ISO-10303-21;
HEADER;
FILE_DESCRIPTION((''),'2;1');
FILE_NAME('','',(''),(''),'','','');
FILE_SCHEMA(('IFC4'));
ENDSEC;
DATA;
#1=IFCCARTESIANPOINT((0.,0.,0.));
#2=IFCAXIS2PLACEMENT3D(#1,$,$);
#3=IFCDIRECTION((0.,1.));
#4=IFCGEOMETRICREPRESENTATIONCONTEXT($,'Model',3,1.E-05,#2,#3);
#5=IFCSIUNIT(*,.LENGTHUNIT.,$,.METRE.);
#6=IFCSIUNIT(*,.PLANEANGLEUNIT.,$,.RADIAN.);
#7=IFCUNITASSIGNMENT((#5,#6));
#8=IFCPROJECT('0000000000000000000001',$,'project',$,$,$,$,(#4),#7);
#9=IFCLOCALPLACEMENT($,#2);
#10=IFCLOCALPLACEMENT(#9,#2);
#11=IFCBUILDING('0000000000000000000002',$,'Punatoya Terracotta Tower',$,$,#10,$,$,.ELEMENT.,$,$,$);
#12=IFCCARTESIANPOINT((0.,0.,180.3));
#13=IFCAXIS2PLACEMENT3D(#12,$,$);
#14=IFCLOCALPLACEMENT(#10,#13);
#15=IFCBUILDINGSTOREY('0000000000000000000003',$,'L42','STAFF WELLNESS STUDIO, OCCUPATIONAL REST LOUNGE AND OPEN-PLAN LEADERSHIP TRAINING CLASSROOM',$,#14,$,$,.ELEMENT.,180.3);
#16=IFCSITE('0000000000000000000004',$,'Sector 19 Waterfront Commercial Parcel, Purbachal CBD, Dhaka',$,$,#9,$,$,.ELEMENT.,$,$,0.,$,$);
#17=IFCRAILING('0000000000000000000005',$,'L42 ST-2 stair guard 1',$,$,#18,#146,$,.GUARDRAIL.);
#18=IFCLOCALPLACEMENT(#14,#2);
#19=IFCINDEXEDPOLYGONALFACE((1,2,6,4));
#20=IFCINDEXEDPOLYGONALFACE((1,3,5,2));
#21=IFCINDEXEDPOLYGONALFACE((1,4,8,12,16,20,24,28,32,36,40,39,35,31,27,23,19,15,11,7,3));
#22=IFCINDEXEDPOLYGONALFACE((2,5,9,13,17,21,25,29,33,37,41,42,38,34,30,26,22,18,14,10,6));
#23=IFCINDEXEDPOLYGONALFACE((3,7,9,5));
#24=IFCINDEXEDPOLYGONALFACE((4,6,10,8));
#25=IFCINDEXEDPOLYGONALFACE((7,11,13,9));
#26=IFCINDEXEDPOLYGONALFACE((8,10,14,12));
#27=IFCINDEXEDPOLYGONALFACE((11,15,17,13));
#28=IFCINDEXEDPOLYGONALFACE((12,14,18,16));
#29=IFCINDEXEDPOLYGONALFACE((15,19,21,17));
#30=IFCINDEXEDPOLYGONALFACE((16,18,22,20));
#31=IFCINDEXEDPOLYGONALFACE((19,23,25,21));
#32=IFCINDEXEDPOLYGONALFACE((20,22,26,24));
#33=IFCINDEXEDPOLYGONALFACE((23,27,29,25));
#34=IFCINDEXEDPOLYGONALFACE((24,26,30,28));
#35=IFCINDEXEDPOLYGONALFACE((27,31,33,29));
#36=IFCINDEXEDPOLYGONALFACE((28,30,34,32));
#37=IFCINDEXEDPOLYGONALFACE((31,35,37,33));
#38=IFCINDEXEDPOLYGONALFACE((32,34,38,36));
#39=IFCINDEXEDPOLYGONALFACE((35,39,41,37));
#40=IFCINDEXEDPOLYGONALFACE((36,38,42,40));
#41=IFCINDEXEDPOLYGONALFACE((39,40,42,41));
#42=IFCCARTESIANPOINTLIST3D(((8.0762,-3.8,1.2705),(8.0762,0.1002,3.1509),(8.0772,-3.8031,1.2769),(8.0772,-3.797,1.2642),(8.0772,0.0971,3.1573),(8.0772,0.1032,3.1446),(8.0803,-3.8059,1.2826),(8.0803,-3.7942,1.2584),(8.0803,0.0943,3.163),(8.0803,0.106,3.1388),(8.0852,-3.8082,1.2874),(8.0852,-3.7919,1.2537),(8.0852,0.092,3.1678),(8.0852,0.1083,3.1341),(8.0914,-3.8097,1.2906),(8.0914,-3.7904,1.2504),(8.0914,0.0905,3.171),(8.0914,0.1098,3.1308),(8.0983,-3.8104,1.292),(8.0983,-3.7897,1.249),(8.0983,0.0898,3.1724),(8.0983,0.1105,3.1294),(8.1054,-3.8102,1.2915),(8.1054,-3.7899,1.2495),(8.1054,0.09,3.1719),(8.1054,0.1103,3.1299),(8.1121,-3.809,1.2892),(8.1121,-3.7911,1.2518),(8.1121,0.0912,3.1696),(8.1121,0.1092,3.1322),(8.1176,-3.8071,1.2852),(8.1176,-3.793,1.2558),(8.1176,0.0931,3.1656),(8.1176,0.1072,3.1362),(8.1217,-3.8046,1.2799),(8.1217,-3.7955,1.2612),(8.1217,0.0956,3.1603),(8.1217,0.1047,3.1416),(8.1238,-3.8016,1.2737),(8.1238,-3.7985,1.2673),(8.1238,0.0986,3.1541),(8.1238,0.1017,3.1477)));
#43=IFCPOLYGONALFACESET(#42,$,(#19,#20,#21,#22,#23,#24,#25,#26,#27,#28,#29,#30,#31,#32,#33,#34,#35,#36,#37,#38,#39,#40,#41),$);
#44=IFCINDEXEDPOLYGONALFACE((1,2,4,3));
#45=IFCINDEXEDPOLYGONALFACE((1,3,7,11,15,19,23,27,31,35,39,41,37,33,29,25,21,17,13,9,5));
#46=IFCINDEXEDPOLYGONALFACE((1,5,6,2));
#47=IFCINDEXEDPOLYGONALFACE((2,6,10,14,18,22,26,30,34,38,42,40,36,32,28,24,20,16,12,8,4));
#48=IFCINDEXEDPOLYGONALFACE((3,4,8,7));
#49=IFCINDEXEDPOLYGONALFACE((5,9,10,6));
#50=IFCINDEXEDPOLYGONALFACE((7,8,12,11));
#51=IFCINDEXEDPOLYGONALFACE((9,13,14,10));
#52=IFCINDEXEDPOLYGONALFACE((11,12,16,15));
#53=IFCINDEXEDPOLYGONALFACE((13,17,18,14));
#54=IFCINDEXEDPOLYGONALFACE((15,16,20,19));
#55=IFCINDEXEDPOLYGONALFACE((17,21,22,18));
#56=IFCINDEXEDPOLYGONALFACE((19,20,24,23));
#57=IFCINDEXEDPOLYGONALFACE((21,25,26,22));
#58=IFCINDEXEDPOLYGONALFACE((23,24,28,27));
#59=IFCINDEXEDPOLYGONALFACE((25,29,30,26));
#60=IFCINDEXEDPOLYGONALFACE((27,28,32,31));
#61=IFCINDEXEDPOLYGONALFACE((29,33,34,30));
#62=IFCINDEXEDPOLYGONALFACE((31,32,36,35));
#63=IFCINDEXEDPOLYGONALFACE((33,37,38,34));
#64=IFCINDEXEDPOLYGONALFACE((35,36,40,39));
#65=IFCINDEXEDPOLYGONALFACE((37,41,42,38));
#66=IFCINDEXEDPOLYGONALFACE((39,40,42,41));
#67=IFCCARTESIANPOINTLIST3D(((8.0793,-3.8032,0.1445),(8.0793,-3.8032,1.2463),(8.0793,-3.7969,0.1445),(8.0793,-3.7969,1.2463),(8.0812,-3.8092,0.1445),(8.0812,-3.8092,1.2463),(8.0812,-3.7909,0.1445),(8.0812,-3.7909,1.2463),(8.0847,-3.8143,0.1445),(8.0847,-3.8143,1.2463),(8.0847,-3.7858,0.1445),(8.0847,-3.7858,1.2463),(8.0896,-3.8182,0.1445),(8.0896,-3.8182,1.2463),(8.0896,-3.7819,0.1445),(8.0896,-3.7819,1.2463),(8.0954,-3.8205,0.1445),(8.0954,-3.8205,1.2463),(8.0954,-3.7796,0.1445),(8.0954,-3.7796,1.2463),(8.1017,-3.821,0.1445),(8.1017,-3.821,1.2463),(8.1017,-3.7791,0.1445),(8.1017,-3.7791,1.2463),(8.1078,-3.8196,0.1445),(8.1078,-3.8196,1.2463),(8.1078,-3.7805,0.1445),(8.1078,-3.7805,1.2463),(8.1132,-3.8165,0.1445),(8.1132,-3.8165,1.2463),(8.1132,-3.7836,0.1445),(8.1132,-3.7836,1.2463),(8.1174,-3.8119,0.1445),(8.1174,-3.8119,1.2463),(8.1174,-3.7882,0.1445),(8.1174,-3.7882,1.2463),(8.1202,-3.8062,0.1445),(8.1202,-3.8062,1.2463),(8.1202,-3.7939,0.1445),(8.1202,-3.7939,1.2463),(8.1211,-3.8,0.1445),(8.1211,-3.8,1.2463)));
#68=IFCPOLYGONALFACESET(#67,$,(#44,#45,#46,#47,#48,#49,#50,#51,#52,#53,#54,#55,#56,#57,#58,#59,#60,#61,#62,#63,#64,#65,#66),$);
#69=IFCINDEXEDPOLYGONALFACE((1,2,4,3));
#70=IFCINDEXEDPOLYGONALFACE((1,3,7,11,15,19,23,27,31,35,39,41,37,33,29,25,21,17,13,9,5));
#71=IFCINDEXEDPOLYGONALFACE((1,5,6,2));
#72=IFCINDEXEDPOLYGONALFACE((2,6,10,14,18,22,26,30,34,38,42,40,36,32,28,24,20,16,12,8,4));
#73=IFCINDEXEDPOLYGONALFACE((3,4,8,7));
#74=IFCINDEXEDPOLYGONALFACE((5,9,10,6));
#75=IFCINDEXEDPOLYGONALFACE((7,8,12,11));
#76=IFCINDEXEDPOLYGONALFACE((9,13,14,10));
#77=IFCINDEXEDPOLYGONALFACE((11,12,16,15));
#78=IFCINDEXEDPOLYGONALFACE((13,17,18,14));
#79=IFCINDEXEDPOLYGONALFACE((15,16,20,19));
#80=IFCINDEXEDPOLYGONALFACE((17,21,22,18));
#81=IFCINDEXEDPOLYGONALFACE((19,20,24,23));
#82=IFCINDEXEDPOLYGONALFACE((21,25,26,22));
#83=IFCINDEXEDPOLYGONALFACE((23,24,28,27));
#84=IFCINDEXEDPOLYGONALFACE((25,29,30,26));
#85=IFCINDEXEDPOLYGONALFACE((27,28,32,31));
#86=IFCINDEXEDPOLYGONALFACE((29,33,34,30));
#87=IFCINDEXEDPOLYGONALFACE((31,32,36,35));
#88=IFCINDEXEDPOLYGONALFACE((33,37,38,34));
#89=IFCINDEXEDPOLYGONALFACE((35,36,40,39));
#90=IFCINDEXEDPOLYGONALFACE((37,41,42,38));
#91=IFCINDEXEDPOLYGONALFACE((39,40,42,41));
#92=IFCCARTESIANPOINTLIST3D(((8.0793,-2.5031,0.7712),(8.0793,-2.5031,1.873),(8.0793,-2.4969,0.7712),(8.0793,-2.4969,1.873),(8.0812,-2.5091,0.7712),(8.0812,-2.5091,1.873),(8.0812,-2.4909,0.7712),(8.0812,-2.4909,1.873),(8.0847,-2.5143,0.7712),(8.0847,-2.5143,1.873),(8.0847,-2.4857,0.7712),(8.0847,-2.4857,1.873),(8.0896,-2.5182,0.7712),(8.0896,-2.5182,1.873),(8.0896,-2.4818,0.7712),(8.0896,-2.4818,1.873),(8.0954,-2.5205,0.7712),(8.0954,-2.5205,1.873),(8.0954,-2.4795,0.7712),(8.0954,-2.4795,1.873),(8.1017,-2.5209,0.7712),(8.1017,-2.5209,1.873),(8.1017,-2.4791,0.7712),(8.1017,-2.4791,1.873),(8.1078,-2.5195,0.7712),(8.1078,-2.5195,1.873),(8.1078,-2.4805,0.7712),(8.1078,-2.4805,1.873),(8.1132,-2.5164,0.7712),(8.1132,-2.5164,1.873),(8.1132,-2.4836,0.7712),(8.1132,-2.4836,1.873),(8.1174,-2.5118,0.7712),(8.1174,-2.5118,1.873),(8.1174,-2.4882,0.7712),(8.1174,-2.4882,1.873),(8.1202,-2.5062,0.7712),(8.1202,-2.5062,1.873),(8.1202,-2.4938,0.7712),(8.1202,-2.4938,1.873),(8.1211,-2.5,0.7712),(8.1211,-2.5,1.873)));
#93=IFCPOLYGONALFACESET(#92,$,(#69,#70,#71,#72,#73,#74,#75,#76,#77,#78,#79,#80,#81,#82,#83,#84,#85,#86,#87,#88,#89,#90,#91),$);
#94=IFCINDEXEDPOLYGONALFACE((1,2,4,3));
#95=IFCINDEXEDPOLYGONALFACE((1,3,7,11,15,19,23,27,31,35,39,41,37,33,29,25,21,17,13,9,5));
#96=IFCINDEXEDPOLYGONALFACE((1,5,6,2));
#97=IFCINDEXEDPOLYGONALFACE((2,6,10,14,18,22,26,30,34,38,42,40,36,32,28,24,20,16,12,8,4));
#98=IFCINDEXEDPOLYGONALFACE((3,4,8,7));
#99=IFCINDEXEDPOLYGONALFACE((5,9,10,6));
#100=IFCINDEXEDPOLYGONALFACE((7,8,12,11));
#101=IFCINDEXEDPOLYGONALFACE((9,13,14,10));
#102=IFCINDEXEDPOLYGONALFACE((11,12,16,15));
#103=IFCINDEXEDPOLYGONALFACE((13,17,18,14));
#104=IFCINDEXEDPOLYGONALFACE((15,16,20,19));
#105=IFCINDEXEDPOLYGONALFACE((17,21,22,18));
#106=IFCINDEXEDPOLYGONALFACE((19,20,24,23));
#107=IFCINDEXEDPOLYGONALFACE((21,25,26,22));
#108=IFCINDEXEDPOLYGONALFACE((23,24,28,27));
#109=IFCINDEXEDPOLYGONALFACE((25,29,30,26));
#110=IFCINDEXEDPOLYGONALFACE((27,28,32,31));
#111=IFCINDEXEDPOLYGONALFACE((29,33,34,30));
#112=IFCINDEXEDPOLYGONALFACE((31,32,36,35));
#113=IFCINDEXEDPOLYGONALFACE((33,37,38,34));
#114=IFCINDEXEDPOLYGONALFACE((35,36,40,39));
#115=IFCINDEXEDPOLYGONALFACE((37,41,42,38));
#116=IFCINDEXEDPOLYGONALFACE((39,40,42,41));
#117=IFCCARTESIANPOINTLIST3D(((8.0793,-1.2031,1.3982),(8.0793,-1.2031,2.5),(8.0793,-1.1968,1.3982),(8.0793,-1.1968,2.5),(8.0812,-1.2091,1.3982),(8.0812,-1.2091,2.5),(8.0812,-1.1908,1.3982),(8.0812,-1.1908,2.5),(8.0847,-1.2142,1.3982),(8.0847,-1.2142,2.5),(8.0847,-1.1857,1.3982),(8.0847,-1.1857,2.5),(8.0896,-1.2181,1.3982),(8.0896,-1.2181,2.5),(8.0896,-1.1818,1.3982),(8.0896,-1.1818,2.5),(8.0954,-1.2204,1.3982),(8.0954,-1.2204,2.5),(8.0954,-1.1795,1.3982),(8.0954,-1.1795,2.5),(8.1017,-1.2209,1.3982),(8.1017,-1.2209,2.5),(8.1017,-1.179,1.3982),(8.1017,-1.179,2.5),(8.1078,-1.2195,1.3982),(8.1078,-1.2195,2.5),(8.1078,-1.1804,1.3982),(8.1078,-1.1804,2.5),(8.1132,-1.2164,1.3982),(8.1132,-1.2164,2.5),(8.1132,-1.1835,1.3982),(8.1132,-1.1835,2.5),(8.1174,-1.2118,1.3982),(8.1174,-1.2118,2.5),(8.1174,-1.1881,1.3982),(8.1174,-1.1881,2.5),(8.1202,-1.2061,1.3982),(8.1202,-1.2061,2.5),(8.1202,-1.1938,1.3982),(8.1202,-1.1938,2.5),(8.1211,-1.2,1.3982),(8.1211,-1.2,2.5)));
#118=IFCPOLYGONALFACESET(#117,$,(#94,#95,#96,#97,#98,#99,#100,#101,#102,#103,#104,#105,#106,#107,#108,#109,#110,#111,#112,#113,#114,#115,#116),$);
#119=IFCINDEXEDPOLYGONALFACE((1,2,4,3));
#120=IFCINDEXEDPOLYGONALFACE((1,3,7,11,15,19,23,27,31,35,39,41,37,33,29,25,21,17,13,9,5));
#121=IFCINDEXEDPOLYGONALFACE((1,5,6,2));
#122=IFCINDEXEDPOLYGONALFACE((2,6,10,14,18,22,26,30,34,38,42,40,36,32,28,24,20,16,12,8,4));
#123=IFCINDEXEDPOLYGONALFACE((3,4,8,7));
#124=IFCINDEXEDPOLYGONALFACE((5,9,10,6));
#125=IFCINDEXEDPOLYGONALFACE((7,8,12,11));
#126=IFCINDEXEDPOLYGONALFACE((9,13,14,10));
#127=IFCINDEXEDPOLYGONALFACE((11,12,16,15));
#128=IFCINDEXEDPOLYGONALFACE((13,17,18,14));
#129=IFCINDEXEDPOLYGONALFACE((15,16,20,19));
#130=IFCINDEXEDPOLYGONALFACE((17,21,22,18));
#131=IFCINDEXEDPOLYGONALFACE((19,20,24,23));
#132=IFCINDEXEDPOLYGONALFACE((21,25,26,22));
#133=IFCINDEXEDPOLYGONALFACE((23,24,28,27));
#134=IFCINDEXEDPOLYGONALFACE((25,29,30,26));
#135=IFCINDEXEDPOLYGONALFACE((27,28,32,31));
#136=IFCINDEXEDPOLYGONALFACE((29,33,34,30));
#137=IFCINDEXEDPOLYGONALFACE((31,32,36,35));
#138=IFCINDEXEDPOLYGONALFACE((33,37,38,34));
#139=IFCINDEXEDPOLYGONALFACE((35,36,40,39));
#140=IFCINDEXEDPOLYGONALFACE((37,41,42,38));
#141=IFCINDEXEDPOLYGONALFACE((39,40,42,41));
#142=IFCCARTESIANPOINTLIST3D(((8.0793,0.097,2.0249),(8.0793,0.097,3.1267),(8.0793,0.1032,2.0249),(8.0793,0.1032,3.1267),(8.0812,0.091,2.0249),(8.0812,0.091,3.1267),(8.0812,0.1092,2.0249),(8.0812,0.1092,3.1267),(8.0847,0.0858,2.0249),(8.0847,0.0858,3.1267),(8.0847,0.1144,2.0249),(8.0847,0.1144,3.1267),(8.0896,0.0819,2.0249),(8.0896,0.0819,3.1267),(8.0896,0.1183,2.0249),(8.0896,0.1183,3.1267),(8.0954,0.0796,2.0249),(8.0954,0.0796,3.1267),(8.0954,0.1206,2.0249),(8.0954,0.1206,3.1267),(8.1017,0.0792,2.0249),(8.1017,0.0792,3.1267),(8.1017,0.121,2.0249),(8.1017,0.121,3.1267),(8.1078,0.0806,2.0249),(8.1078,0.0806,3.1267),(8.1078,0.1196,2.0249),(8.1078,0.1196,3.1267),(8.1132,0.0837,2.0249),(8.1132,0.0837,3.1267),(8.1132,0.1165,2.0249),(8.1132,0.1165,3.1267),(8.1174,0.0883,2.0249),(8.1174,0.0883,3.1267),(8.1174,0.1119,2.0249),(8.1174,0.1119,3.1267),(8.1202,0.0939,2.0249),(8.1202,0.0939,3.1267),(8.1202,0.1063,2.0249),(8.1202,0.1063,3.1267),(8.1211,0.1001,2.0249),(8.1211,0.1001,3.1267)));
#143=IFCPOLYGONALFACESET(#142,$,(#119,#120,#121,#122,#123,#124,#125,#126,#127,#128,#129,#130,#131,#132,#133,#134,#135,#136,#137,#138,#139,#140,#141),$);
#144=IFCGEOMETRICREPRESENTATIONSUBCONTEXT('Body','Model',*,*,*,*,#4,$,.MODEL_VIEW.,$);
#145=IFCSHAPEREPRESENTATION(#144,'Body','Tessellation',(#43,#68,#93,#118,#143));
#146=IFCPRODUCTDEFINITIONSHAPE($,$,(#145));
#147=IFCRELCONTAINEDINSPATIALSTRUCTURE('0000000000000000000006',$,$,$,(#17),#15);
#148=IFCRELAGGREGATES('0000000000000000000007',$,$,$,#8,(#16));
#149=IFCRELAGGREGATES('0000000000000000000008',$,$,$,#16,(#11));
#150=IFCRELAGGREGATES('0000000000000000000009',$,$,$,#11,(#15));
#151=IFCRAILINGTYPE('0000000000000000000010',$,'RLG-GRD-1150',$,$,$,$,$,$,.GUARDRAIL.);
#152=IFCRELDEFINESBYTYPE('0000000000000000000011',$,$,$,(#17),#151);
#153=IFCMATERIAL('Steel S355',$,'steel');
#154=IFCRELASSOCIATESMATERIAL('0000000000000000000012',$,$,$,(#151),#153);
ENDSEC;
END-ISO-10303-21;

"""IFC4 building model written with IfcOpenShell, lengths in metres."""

from ifc_helpers import new_model, si_unit, direction, frame, origin, origin_2d, place, context, subcontext, project, spatial, circle, extrude, material, type_object, element, save


model = new_model("IFC4")

# Units and contexts
model_context = context("Model", 3, precision=1e-05, world=origin(), true_north=direction((0.0, 1.0)))
body_context = subcontext(model_context, "Body", "Model", "MODEL_VIEW")
ifc_project = project(units=[si_unit("LENGTHUNIT", "METRE"), si_unit("PLANEANGLEUNIT", "RADIAN")], contexts=[model_context])

# Site, building, storey
site_placement = place(None, origin())
site = spatial("IfcSite", under=ifc_project, at=site_placement, Name="Sector 19 Waterfront Commercial Parcel, Purbachal CBD, Dhaka", CompositionType="ELEMENT", RefElevation=0.0)
building_placement = place(site_placement, origin())
building = spatial("IfcBuilding", under=site, at=building_placement, Name="Punatoya Terracotta Tower", CompositionType="ELEMENT")
storey_placement = place(building_placement, frame((0.0, 0.0, 180.3)))
storey = spatial("IfcBuildingStorey", under=building, at=storey_placement, Name="L42", Description="STAFF WELLNESS STUDIO, OCCUPATIONAL REST LOUNGE AND OPEN-PLAN LEADERSHIP TRAINING CLASSROOM", CompositionType="ELEMENT", Elevation=180.3)

# Shared definitions
ifc_material_1 = material(Name="Steel S355", Category="steel")

# Railing
railing_type_1 = type_object("IfcRailingType", Name="RLG-GRD-1150", PredefinedType="GUARDRAIL", material=ifc_material_1)
railing_1_placement = place(storey_placement, frame((8.1001, -3.8, 0.1445)))
element("IfcRailing", 1, at=railing_1_placement, inside=storey, type_object=railing_type_1, Name="L42 ST-2 stair guard 1", PredefinedType="GUARDRAIL", context=body_context, shape_type="SweptSolid", body=[
    extrude(circle(Radius=0.0239, at=origin_2d()), frame((0.0, 0.0, 1.126), z_axis=(0.0, 0.900774, 0.434289), x_axis=(-1.0, 0.0, 0.0)), (0.0, 0.0, 1.0), 4.3298),
    extrude(circle(Radius=0.021, at=origin_2d()), origin(), (0.0, 0.0, 1.0), 1.1018),
    extrude(circle(Radius=0.021, at=origin_2d()), frame((0.0, 1.3, 0.6267)), (0.0, 0.0, 1.0), 1.1018),
    extrude(circle(Radius=0.021, at=origin_2d()), frame((0.0, 2.6001, 1.2537)), (0.0, 0.0, 1.0), 1.1018),
    extrude(circle(Radius=0.021, at=origin_2d()), frame((0.0, 3.9001, 1.8804)), (0.0, 0.0, 1.0), 1.1018),
])

save(model, "model.ifc")
